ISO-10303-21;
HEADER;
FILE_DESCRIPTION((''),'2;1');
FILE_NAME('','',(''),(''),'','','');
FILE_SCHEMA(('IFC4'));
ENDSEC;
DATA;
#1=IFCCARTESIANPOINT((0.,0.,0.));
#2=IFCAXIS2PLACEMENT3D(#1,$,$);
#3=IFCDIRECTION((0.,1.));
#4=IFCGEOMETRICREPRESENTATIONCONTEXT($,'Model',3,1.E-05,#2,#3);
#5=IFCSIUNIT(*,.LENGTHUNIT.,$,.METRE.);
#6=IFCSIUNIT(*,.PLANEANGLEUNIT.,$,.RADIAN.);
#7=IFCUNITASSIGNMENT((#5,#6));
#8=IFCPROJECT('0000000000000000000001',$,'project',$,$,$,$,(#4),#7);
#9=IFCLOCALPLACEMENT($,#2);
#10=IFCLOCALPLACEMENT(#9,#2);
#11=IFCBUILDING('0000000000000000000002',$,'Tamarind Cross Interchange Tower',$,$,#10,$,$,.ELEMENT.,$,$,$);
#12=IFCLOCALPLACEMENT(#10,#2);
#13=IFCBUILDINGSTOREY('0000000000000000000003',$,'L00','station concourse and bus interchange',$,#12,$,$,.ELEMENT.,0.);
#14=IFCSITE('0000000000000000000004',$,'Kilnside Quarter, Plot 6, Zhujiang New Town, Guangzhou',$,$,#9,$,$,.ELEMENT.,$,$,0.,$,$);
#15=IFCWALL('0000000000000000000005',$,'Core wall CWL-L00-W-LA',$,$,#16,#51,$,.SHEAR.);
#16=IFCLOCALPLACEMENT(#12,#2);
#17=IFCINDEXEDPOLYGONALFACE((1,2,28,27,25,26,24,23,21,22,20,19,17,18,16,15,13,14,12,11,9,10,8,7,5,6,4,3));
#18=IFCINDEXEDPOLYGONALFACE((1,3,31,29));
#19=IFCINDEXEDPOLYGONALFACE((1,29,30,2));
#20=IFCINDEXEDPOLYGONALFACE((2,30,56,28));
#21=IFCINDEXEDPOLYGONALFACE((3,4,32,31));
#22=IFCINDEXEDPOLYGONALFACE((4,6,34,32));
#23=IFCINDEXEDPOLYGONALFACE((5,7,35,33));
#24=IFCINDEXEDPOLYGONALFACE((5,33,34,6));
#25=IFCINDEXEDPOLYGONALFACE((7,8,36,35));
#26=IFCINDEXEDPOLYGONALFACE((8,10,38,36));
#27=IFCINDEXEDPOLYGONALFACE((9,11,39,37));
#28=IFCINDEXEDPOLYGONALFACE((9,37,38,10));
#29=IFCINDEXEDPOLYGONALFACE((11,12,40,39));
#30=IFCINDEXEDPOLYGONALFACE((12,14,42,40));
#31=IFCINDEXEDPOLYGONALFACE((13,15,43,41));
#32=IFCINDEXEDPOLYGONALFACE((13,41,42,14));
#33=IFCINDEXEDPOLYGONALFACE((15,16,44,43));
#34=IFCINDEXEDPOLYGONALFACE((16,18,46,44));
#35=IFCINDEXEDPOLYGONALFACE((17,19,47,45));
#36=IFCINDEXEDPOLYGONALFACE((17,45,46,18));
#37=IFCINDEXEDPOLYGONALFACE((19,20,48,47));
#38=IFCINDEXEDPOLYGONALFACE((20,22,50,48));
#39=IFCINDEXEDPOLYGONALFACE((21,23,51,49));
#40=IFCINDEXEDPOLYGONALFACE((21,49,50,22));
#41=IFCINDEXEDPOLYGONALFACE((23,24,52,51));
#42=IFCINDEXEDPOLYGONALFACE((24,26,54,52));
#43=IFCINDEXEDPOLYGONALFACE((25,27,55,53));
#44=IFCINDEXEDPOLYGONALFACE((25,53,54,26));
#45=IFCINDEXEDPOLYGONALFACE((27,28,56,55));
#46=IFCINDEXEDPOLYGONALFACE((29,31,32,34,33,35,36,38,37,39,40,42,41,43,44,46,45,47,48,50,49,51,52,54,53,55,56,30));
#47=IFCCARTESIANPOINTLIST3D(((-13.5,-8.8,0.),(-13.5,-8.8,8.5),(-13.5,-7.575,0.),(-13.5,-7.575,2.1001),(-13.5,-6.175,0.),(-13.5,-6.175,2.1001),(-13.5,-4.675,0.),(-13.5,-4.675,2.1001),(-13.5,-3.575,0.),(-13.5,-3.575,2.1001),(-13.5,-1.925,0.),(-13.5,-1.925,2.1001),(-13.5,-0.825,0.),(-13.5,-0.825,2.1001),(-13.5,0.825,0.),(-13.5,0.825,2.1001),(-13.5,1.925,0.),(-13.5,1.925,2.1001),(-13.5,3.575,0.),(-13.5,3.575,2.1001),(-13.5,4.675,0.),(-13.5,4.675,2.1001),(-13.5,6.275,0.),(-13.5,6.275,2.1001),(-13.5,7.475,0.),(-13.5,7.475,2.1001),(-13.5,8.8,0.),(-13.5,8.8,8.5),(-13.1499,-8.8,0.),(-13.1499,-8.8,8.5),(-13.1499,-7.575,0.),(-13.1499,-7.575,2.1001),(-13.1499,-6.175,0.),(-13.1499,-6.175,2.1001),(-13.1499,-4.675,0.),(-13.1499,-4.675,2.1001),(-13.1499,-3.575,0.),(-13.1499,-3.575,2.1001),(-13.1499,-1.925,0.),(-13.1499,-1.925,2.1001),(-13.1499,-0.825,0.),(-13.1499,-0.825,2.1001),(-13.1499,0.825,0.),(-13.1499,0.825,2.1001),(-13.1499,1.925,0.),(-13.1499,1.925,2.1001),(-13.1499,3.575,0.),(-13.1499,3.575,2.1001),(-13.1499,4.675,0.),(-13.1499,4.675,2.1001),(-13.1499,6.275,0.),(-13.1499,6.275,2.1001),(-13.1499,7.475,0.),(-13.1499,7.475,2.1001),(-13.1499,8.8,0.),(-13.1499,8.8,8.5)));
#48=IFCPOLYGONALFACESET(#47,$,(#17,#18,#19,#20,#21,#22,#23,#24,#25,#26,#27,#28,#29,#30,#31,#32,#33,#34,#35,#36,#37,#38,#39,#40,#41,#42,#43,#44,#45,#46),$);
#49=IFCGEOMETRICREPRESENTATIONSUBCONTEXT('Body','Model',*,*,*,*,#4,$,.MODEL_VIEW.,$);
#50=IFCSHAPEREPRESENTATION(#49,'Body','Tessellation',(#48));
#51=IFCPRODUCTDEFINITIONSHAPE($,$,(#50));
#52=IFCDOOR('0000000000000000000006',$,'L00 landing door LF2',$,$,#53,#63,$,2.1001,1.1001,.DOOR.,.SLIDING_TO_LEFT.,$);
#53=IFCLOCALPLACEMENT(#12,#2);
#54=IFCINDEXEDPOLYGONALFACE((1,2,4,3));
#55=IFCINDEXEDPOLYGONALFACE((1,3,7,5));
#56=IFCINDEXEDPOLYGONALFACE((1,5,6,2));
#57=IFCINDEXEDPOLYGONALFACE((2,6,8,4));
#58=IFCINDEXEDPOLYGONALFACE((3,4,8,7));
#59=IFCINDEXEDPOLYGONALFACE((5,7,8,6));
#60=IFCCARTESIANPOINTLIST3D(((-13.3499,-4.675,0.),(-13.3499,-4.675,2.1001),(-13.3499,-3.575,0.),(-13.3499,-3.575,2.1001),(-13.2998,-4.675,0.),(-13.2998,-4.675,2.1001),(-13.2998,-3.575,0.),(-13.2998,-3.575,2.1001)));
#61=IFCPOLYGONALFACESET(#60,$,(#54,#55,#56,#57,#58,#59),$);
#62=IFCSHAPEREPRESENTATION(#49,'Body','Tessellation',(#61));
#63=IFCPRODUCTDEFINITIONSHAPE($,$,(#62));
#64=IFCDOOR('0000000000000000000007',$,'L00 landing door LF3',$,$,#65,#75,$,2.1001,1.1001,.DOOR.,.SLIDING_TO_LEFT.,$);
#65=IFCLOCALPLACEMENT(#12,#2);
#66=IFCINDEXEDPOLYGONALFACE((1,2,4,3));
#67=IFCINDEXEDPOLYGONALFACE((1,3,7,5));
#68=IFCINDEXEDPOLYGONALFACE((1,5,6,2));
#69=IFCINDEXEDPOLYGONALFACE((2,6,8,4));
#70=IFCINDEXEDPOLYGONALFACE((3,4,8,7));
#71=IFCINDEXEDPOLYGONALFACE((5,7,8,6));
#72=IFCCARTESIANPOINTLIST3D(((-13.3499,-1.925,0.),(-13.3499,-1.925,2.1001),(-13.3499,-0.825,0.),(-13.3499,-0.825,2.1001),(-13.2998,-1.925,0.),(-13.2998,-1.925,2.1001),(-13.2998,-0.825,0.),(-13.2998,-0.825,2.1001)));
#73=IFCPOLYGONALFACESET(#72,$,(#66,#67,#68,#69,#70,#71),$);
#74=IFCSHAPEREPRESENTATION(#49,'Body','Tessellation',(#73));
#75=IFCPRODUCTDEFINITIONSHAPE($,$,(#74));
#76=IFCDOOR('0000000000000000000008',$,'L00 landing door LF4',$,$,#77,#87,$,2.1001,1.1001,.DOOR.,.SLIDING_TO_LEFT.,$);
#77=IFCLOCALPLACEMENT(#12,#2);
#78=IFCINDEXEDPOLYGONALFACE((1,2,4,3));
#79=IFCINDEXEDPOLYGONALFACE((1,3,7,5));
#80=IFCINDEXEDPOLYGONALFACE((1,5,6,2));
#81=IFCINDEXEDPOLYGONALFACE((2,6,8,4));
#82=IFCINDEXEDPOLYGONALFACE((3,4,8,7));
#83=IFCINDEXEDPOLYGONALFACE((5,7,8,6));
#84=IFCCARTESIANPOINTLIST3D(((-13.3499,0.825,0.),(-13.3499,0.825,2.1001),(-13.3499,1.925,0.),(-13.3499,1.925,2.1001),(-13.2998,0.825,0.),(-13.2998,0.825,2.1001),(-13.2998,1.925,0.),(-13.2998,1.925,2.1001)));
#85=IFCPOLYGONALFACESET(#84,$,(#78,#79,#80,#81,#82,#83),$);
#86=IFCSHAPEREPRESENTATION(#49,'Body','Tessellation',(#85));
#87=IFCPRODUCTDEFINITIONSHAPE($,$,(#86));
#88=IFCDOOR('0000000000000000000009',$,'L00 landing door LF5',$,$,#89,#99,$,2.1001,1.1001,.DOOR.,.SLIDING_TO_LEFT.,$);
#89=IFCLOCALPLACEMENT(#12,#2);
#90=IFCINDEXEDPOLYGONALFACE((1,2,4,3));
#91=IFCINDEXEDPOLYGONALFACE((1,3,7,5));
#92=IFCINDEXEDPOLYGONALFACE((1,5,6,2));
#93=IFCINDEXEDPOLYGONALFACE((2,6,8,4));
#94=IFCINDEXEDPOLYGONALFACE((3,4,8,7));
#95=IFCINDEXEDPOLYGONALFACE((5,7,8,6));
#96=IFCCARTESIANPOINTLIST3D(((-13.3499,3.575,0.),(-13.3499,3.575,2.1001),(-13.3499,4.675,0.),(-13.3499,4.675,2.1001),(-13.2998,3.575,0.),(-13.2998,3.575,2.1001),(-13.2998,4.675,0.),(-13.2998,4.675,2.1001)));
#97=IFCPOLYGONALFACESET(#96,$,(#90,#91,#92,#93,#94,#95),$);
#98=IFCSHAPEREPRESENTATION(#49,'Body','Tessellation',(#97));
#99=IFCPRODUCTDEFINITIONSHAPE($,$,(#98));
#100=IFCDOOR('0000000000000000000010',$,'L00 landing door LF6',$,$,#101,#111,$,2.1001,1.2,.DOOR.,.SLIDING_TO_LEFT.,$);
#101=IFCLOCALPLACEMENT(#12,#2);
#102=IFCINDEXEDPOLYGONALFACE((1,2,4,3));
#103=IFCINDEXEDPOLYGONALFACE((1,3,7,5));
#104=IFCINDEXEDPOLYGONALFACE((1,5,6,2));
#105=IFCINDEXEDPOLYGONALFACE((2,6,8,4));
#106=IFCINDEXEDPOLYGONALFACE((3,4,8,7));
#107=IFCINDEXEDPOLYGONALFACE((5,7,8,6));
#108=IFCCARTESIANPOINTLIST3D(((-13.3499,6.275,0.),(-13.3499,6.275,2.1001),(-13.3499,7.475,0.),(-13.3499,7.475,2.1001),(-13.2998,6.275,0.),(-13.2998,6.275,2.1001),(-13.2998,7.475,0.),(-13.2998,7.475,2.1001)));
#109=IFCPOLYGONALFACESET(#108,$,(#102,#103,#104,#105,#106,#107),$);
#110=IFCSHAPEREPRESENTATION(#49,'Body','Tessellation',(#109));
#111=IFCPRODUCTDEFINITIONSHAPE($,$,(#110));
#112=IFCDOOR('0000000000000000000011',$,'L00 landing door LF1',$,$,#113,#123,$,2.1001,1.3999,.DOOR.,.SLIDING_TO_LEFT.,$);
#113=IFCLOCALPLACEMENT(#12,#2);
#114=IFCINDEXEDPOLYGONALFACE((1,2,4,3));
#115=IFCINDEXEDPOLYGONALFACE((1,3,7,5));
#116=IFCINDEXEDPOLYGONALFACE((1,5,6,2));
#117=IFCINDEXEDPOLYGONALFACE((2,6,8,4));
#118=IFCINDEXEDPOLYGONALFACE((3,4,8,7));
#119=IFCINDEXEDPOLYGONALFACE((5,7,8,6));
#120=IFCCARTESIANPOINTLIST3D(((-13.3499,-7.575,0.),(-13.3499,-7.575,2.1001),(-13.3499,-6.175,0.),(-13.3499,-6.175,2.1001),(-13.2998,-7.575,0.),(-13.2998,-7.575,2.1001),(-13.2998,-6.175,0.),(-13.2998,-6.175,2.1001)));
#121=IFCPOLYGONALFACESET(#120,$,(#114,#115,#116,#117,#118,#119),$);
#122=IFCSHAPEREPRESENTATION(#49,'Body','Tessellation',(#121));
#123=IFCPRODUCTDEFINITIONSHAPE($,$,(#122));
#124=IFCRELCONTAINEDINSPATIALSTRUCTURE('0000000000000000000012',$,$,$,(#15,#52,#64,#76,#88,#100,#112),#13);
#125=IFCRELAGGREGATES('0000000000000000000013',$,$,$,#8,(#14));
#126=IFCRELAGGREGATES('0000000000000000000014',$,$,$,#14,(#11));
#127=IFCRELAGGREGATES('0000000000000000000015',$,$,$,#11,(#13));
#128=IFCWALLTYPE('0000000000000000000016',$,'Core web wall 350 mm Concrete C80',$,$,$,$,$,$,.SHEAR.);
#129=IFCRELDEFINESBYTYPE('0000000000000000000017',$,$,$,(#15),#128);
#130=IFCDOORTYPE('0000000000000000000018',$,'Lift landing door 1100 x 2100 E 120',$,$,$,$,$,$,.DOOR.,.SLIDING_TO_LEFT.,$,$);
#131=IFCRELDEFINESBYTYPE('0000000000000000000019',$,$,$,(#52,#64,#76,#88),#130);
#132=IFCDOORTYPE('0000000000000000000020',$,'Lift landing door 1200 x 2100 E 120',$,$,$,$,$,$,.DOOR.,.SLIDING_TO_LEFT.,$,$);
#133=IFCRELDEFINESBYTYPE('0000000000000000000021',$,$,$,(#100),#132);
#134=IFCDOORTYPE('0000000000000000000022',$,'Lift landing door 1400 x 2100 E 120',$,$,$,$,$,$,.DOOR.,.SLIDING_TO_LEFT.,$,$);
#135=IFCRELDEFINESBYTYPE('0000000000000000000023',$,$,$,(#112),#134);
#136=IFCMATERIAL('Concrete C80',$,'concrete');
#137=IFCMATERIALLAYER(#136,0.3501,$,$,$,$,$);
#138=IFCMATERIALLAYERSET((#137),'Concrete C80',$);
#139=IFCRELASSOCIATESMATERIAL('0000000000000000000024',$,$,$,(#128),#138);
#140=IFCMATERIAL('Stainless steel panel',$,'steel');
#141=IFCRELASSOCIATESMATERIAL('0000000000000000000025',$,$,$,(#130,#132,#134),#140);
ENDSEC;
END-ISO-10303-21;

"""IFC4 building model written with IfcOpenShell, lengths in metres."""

from ifc_helpers import new_model, si_unit, direction, frame, frame_2d, origin, place, context, subcontext, project, spatial, rectangle, extrude, material, layer, layer_set, type_object, element, fill, save


model = new_model("IFC4")

# Units and contexts
model_context = context("Model", 3, precision=1e-05, world=origin(), true_north=direction((0.0, 1.0)))
body_context = subcontext(model_context, "Body", "Model", "MODEL_VIEW")
ifc_project = project(units=[si_unit("LENGTHUNIT", "METRE"), si_unit("PLANEANGLEUNIT", "RADIAN")], contexts=[model_context])

# Site, building, storey
site_placement = place(None, origin())
site = spatial("IfcSite", under=ifc_project, at=site_placement, Name="Kilnside Quarter, Plot 6, Zhujiang New Town, Guangzhou", CompositionType="ELEMENT", RefElevation=0.0)
building_placement = place(site_placement, origin())
building = spatial("IfcBuilding", under=site, at=building_placement, Name="Tamarind Cross Interchange Tower", CompositionType="ELEMENT")
storey_placement = place(building_placement, origin())
storey = spatial("IfcBuildingStorey", under=building, at=storey_placement, Name="L00", Description="station concourse and bus interchange", CompositionType="ELEMENT", Elevation=0.0)

# Shared definitions
ifc_material_1 = material(Name="Concrete C80", Category="concrete")

# Wall, openings, doors
ifc_layer_1 = layer(ifc_material_1, 0.3501)
ifc_layer_set_1 = layer_set([ifc_layer_1], Name="Concrete C80")
wall_type_1 = type_object("IfcWallType", Name="Core web wall 350 mm Concrete C80", PredefinedType="SHEAR", material=ifc_layer_set_1)
wall_1_placement = place(storey_placement, frame((-13.325, -8.8, 0.0), z_axis=(0.0, 0.0, 1.0), x_axis=(0.0, 1.0, 0.0)))
wall_1 = element("IfcWall", 1, at=wall_1_placement, inside=storey, type_object=wall_type_1, Name="Core wall CWL-L00-W-LA", PredefinedType="SHEAR", context=body_context, shape_type="SweptSolid", body=[
    extrude(rectangle(XDim=17.6001, YDim=0.3501, at=frame_2d((8.8, 0.0))), origin(), (0.0, 0.0, 1.0), 8.5),
])
opening_1_placement = place(wall_1_placement, frame((1.2251, 0.0, 0.0)))
opening_1 = element("IfcOpeningElement", 2, at=opening_1_placement, cuts=wall_1, PredefinedType="OPENING", context=body_context, shape_type="SweptSolid", body=[
    extrude(rectangle(XDim=1.3999, YDim=2.1001, at=frame_2d((0.7, 1.05))), frame((0.0, 0.1851, 0.0), z_axis=(0.0, -1.0, 0.0), x_axis=(1.0, 0.0, 0.0)), (0.0, 0.0, 1.0), 0.3701),
])
opening_2_placement = place(wall_1_placement, frame((4.125, 0.0, 0.0)))
opening_2 = element("IfcOpeningElement", 3, at=opening_2_placement, cuts=wall_1, PredefinedType="OPENING", context=body_context, shape_type="SweptSolid", body=[
    extrude(rectangle(XDim=1.1001, YDim=2.1001, at=frame_2d((0.55, 1.05))), frame((0.0, 0.1851, 0.0), z_axis=(0.0, -1.0, 0.0), x_axis=(1.0, 0.0, 0.0)), (0.0, 0.0, 1.0), 0.3701),
])
opening_3_placement = place(wall_1_placement, frame((6.875, 0.0, 0.0)))
opening_3 = element("IfcOpeningElement", 4, at=opening_3_placement, cuts=wall_1, PredefinedType="OPENING", context=body_context, shape_type="SweptSolid", body=[
    extrude(rectangle(XDim=1.1001, YDim=2.1001, at=frame_2d((0.55, 1.05))), frame((0.0, 0.1851, 0.0), z_axis=(0.0, -1.0, 0.0), x_axis=(1.0, 0.0, 0.0)), (0.0, 0.0, 1.0), 0.3701),
])
opening_4_placement = place(wall_1_placement, frame((9.625, 0.0, 0.0)))
opening_4 = element("IfcOpeningElement", 5, at=opening_4_placement, cuts=wall_1, PredefinedType="OPENING", context=body_context, shape_type="SweptSolid", body=[
    extrude(rectangle(XDim=1.1001, YDim=2.1001, at=frame_2d((0.55, 1.05))), frame((0.0, 0.1851, 0.0), z_axis=(0.0, -1.0, 0.0), x_axis=(1.0, 0.0, 0.0)), (0.0, 0.0, 1.0), 0.3701),
])
opening_5_placement = place(wall_1_placement, frame((12.375, 0.0, 0.0)))
opening_5 = element("IfcOpeningElement", 6, at=opening_5_placement, cuts=wall_1, PredefinedType="OPENING", context=body_context, shape_type="SweptSolid", body=[
    extrude(rectangle(XDim=1.1001, YDim=2.1001, at=frame_2d((0.55, 1.05))), frame((0.0, 0.1851, 0.0), z_axis=(0.0, -1.0, 0.0), x_axis=(1.0, 0.0, 0.0)), (0.0, 0.0, 1.0), 0.3701),
])
opening_6_placement = place(wall_1_placement, frame((15.075, 0.0, 0.0)))
opening_6 = element("IfcOpeningElement", 7, at=opening_6_placement, cuts=wall_1, PredefinedType="OPENING", context=body_context, shape_type="SweptSolid", body=[
    extrude(rectangle(XDim=1.2, YDim=2.1001, at=frame_2d((0.6001, 1.05))), frame((0.0, 0.1851, 0.0), z_axis=(0.0, -1.0, 0.0), x_axis=(1.0, 0.0, 0.0)), (0.0, 0.0, 1.0), 0.3701),
])
ifc_material_2 = material(Name="Stainless steel panel", Category="steel")
door_type_1 = type_object("IfcDoorType", Name="Lift landing door 1100 x 2100 E 120", OperationType="SLIDING_TO_LEFT", PredefinedType="DOOR", material=ifc_material_2)
door_1_placement = place(opening_2_placement, origin())
door_1 = element("IfcDoor", 8, at=door_1_placement, inside=storey, type_object=door_type_1, Name="L00 landing door LF2", OperationType="SLIDING_TO_LEFT", OverallHeight=2.1001, OverallWidth=1.1001, PredefinedType="DOOR", context=body_context, shape_type="SweptSolid", body=[
    extrude(rectangle(XDim=1.1001, YDim=2.1001, at=frame_2d((0.55, 1.05))), frame((0.0, 0.0249, 0.0), z_axis=(0.0, -1.0, 0.0), x_axis=(1.0, 0.0, 0.0)), (0.0, 0.0, 1.0), 0.05),
])
fill(opening_2, door_1)
door_2_placement = place(opening_3_placement, origin())
door_2 = element("IfcDoor", 9, at=door_2_placement, inside=storey, type_object=door_type_1, Name="L00 landing door LF3", OperationType="SLIDING_TO_LEFT", OverallHeight=2.1001, OverallWidth=1.1001, PredefinedType="DOOR", context=body_context, shape_type="SweptSolid", body=[
    extrude(rectangle(XDim=1.1001, YDim=2.1001, at=frame_2d((0.55, 1.05))), frame((0.0, 0.0249, 0.0), z_axis=(0.0, -1.0, 0.0), x_axis=(1.0, 0.0, 0.0)), (0.0, 0.0, 1.0), 0.05),
])
fill(opening_3, door_2)
door_3_placement = place(opening_4_placement, origin())
door_3 = element("IfcDoor", 10, at=door_3_placement, inside=storey, type_object=door_type_1, Name="L00 landing door LF4", OperationType="SLIDING_TO_LEFT", OverallHeight=2.1001, OverallWidth=1.1001, PredefinedType="DOOR", context=body_context, shape_type="SweptSolid", body=[
    extrude(rectangle(XDim=1.1001, YDim=2.1001, at=frame_2d((0.55, 1.05))), frame((0.0, 0.0249, 0.0), z_axis=(0.0, -1.0, 0.0), x_axis=(1.0, 0.0, 0.0)), (0.0, 0.0, 1.0), 0.05),
])
fill(opening_4, door_3)
door_4_placement = place(opening_5_placement, origin())
door_4 = element("IfcDoor", 11, at=door_4_placement, inside=storey, type_object=door_type_1, Name="L00 landing door LF5", OperationType="SLIDING_TO_LEFT", OverallHeight=2.1001, OverallWidth=1.1001, PredefinedType="DOOR", context=body_context, shape_type="SweptSolid", body=[
    extrude(rectangle(XDim=1.1001, YDim=2.1001, at=frame_2d((0.55, 1.05))), frame((0.0, 0.0249, 0.0), z_axis=(0.0, -1.0, 0.0), x_axis=(1.0, 0.0, 0.0)), (0.0, 0.0, 1.0), 0.05),
])
fill(opening_5, door_4)
door_type_2 = type_object("IfcDoorType", Name="Lift landing door 1200 x 2100 E 120", OperationType="SLIDING_TO_LEFT", PredefinedType="DOOR", material=ifc_material_2)
door_5_placement = place(opening_6_placement, origin())
door_5 = element("IfcDoor", 12, at=door_5_placement, inside=storey, type_object=door_type_2, Name="L00 landing door LF6", OperationType="SLIDING_TO_LEFT", OverallHeight=2.1001, OverallWidth=1.2, PredefinedType="DOOR", context=body_context, shape_type="SweptSolid", body=[
    extrude(rectangle(XDim=1.2, YDim=2.1001, at=frame_2d((0.6001, 1.05))), frame((0.0, 0.0249, 0.0), z_axis=(0.0, -1.0, 0.0), x_axis=(1.0, 0.0, 0.0)), (0.0, 0.0, 1.0), 0.05),
])
fill(opening_6, door_5)
door_type_3 = type_object("IfcDoorType", Name="Lift landing door 1400 x 2100 E 120", OperationType="SLIDING_TO_LEFT", PredefinedType="DOOR", material=ifc_material_2)
door_6_placement = place(opening_1_placement, origin())
door_6 = element("IfcDoor", 13, at=door_6_placement, inside=storey, type_object=door_type_3, Name="L00 landing door LF1", OperationType="SLIDING_TO_LEFT", OverallHeight=2.1001, OverallWidth=1.3999, PredefinedType="DOOR", context=body_context, shape_type="SweptSolid", body=[
    extrude(rectangle(XDim=1.3999, YDim=2.1001, at=frame_2d((0.7, 1.05))), frame((0.0, 0.0249, 0.0), z_axis=(0.0, -1.0, 0.0), x_axis=(1.0, 0.0, 0.0)), (0.0, 0.0, 1.0), 0.05),
])
fill(opening_1, door_6)

save(model, "model.ifc")
